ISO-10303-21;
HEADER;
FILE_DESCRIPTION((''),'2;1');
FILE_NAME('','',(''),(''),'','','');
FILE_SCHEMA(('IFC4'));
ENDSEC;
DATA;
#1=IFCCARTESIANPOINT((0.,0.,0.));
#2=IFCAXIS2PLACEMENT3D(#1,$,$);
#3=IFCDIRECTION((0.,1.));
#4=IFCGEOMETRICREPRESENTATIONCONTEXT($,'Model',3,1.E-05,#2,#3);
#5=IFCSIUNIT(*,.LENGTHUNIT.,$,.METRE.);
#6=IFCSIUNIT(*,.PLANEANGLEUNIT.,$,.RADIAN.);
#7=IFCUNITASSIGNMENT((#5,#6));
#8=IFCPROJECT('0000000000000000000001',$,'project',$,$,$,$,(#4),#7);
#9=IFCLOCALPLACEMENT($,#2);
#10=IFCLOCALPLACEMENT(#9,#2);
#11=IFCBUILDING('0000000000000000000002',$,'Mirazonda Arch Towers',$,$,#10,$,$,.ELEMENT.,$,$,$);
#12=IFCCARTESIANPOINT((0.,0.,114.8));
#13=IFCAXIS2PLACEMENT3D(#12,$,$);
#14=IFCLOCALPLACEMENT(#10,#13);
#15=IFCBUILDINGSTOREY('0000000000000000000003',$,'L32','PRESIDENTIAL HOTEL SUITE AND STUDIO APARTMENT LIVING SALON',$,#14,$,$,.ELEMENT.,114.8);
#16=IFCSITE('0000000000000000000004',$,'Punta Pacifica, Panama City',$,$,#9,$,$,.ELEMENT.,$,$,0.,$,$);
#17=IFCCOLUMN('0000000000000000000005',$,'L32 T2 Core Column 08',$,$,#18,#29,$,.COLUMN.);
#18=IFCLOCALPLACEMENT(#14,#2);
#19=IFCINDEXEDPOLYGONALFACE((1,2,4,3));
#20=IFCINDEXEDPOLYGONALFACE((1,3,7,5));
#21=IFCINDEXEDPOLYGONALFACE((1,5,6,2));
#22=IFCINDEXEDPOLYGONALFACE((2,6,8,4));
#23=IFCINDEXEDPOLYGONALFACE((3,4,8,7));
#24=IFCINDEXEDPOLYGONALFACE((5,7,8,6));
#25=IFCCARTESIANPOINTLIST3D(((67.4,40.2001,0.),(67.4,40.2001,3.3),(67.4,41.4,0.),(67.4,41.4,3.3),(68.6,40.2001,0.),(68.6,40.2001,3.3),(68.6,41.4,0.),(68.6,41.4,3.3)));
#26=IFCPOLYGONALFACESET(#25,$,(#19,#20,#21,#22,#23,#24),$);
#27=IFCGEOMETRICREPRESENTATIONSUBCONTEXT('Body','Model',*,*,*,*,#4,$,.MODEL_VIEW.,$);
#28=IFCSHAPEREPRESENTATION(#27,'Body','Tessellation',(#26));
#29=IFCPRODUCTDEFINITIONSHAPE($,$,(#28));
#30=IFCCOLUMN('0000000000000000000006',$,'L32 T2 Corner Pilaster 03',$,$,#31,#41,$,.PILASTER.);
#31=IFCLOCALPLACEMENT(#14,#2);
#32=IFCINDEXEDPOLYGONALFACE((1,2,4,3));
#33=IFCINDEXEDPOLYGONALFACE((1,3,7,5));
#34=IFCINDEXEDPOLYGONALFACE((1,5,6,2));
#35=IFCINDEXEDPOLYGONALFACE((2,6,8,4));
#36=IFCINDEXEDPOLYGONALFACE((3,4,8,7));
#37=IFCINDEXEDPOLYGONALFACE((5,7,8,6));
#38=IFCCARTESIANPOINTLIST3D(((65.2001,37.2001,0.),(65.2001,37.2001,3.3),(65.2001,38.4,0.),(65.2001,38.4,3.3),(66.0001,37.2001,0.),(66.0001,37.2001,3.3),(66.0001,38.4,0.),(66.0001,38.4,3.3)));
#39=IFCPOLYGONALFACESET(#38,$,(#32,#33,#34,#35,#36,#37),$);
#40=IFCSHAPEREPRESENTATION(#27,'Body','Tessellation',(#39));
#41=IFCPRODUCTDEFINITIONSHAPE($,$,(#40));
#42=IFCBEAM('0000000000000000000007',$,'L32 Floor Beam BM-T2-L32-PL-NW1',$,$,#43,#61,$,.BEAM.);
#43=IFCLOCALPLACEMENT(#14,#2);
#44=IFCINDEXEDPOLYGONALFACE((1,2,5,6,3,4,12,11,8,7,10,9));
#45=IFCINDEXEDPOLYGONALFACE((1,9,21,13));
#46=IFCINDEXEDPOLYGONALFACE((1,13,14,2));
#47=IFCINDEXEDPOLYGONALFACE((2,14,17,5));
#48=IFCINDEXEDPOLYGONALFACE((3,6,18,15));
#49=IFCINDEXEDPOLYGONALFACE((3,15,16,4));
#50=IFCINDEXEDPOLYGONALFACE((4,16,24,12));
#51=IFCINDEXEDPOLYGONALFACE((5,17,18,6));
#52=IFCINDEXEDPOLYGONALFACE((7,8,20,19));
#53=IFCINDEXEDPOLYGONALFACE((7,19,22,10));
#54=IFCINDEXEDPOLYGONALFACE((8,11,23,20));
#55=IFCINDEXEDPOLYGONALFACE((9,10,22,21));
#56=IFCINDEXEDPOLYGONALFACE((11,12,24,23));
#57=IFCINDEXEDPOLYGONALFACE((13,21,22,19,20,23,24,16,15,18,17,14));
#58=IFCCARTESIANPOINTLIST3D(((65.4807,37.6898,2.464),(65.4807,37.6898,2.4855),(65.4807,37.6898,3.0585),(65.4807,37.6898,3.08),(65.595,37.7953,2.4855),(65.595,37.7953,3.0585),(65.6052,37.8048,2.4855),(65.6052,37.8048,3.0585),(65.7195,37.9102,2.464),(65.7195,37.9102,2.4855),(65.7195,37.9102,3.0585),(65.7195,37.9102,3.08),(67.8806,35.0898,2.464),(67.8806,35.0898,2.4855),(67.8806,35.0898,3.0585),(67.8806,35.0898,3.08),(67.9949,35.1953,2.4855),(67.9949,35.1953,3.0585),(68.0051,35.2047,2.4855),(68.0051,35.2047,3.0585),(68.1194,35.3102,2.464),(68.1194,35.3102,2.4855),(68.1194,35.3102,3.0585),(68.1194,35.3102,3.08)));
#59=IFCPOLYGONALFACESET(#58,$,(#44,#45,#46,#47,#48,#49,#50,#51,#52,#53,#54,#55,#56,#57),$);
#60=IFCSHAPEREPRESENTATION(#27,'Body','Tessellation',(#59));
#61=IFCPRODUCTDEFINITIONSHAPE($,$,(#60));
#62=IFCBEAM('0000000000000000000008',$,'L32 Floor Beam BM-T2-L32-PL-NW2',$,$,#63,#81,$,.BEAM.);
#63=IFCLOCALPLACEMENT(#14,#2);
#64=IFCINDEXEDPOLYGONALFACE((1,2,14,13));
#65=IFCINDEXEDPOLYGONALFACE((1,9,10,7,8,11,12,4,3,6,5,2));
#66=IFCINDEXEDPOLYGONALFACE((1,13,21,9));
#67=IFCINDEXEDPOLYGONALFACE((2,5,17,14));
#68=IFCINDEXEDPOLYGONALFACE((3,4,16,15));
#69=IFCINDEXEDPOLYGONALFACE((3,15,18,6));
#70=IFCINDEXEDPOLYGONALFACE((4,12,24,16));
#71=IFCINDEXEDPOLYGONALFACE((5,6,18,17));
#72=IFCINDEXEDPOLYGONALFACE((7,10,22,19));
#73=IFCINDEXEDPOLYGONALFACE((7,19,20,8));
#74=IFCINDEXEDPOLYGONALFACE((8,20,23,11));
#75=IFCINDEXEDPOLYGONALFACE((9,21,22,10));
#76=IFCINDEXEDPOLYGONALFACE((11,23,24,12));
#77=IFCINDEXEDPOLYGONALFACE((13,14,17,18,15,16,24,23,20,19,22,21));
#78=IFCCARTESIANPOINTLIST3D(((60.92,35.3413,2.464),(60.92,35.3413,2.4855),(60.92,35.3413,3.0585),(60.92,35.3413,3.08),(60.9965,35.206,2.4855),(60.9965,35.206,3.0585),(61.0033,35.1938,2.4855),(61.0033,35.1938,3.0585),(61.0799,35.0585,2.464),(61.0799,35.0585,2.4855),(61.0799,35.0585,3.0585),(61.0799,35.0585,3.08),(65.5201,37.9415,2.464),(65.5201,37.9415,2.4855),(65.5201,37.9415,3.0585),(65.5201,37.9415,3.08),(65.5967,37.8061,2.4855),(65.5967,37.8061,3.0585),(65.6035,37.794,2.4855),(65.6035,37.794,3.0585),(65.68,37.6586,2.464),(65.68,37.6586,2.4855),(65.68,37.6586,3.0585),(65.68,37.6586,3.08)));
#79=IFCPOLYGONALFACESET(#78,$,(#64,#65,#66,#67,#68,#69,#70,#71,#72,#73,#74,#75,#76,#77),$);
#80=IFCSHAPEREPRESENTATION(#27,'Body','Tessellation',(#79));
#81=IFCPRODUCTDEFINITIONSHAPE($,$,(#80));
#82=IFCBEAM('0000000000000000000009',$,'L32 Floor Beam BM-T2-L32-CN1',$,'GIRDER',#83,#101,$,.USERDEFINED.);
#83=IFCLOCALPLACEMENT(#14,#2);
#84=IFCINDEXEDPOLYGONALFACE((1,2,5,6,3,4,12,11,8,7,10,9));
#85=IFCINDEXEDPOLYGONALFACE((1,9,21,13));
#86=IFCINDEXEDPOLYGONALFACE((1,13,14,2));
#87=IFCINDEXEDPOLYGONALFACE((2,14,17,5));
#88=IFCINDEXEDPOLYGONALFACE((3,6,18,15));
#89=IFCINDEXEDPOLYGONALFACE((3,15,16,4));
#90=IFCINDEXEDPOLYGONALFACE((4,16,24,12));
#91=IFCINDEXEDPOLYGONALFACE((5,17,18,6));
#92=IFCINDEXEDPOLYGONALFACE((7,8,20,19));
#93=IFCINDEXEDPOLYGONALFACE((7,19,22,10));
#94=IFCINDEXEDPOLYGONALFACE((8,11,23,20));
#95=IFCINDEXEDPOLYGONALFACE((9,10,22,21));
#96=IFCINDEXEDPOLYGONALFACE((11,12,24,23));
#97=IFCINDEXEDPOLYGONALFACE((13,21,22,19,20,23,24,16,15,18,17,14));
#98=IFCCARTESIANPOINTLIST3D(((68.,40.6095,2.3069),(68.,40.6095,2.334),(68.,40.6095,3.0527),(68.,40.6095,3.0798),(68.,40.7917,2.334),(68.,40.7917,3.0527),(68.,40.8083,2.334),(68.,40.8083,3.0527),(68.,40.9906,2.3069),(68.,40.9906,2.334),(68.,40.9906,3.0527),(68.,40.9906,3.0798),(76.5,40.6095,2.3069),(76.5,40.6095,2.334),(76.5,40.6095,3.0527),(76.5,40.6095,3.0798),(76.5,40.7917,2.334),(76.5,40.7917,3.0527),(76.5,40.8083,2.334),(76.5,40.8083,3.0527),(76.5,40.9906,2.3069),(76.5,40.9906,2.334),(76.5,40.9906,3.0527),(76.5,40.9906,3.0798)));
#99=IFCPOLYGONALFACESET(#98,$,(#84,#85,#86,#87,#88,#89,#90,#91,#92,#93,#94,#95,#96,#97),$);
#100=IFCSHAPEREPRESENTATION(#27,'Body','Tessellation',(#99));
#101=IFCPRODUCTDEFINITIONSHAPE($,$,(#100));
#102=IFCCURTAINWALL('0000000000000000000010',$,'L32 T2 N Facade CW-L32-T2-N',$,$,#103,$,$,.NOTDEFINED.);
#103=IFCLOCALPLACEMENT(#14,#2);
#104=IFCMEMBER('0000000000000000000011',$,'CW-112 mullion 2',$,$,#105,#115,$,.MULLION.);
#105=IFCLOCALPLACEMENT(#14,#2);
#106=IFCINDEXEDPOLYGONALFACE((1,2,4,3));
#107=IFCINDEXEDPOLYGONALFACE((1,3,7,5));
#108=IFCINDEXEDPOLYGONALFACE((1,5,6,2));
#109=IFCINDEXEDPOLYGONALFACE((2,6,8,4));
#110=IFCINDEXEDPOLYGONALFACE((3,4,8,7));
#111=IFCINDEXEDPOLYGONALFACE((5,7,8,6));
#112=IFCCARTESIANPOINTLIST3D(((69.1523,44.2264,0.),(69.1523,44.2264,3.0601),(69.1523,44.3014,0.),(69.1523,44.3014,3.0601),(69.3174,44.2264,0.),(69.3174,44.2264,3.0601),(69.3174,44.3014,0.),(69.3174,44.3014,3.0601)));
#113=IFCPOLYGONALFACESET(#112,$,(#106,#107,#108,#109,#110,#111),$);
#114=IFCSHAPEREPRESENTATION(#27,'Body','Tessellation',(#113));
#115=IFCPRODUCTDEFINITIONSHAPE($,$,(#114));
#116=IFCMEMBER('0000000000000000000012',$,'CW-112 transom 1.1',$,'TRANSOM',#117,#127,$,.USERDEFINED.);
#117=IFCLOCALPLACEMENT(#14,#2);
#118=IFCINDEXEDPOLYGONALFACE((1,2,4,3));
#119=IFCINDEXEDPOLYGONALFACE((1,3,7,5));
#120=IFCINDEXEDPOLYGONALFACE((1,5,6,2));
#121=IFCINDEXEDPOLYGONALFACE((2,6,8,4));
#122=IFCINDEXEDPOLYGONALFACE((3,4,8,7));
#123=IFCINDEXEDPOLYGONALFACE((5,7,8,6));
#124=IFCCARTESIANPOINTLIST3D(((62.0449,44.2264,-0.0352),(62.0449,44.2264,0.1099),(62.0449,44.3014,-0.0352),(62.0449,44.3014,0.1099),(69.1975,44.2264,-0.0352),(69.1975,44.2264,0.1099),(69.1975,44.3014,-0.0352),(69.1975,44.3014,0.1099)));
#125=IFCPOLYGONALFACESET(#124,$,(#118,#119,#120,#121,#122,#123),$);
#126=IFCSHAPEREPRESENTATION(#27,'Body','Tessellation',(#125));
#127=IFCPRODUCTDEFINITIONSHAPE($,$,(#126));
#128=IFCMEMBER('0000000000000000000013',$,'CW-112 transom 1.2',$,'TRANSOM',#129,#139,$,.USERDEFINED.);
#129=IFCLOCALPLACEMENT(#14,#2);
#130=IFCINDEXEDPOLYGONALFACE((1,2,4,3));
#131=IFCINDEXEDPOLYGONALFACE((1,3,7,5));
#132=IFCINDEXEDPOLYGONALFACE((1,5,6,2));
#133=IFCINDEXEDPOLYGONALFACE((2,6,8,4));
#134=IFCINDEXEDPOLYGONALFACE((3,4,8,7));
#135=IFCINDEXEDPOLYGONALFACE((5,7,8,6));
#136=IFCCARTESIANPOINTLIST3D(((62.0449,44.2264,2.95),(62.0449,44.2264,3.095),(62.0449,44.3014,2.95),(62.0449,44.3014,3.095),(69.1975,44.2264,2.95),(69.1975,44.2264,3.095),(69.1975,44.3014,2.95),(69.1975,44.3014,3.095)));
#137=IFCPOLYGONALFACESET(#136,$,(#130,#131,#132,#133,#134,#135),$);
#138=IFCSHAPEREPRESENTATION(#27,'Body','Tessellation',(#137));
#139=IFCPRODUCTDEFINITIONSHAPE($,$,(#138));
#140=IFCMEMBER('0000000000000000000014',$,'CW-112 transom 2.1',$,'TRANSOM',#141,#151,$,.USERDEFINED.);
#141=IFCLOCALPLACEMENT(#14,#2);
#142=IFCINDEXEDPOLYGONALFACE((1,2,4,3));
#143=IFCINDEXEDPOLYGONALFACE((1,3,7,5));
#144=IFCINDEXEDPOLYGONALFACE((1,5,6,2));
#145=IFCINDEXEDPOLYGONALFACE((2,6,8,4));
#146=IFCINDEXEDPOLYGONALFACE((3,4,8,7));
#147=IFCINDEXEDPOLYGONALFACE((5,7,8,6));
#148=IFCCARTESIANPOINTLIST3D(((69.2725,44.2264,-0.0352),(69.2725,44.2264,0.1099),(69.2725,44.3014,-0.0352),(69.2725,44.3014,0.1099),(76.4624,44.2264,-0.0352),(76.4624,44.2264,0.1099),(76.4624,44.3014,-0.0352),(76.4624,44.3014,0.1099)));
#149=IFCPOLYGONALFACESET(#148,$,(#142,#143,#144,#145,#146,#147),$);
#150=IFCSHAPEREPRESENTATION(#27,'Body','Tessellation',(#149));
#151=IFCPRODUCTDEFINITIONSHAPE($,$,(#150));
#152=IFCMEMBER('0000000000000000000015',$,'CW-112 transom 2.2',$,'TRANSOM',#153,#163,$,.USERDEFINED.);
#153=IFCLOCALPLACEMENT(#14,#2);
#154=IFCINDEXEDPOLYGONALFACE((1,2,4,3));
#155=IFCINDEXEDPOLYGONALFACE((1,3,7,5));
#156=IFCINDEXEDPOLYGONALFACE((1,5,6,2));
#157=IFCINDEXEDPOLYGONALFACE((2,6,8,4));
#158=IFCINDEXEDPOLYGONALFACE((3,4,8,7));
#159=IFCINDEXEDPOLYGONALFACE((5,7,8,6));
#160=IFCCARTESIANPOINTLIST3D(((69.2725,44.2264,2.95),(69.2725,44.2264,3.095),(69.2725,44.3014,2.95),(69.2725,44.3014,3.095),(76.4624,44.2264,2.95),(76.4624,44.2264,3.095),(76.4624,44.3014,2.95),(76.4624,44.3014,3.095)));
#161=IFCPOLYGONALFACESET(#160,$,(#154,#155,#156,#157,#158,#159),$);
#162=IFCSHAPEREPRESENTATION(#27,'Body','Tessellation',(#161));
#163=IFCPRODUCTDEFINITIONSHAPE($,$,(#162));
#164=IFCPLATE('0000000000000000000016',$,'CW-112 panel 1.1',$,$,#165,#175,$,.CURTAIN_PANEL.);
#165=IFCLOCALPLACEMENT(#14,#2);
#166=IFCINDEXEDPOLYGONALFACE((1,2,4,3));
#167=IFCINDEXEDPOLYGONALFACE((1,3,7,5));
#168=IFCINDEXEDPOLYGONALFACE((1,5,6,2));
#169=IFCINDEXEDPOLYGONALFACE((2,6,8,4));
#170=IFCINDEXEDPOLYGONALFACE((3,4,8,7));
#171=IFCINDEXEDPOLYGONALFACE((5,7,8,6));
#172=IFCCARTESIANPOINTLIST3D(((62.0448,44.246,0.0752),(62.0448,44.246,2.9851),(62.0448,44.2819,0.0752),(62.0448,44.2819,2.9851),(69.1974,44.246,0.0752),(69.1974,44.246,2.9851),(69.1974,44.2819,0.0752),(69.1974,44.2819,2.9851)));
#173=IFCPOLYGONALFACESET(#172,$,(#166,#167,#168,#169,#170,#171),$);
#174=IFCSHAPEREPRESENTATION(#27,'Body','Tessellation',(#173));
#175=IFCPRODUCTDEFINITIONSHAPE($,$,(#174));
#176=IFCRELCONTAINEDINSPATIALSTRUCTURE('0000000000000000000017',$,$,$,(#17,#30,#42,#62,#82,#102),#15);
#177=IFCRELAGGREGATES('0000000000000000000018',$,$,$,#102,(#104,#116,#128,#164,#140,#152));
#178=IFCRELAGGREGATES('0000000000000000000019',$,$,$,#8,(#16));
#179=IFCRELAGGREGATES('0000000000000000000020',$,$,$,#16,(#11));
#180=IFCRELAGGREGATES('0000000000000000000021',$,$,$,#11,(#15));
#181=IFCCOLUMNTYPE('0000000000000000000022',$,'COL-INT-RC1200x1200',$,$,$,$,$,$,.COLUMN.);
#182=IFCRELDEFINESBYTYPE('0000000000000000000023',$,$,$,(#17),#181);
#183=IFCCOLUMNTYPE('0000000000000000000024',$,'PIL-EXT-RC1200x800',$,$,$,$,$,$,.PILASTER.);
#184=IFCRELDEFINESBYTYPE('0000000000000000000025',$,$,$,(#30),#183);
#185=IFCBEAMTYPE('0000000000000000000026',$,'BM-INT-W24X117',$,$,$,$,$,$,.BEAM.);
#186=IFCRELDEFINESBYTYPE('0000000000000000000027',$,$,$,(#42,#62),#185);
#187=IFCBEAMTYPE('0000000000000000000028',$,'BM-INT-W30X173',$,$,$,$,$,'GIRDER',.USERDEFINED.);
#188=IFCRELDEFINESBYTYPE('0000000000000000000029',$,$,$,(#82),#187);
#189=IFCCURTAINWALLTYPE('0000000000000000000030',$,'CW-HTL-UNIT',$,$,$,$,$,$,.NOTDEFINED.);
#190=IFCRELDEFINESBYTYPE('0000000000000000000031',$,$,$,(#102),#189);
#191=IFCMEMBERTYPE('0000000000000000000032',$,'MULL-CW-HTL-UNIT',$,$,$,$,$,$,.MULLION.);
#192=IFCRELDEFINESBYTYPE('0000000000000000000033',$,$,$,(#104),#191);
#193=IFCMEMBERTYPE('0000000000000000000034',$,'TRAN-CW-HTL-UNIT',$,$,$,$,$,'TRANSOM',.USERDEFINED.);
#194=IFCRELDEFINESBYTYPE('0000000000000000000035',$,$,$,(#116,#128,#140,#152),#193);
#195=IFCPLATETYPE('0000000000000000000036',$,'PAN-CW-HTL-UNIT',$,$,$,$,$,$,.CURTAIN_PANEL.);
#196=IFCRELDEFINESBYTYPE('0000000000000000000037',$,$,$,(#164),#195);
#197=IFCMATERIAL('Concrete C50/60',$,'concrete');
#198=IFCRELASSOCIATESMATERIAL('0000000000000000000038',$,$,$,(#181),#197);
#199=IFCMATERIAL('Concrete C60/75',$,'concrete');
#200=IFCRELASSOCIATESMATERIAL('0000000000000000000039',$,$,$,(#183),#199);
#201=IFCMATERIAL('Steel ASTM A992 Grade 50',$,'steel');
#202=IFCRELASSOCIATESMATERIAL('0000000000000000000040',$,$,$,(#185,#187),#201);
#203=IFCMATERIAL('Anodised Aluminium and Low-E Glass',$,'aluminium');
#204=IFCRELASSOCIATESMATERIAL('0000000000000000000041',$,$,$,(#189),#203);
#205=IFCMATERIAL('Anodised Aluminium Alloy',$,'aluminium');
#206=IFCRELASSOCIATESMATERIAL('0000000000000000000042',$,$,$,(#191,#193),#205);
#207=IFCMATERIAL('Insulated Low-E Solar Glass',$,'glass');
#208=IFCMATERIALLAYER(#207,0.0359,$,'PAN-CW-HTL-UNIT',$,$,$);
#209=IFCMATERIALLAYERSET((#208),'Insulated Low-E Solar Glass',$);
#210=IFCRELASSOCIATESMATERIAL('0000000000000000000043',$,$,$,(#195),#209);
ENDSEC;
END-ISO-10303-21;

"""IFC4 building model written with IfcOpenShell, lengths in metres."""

from ifc_helpers import new_model, si_unit, direction, frame, origin, origin_2d, place, context, subcontext, project, spatial, rectangle, i_section, extrude, material, layer, layer_set, material_profile, profile_set, type_object, element, aggregate, save


model = new_model("IFC4")

# Units and contexts
model_context = context("Model", 3, precision=1e-05, world=origin(), true_north=direction((0.0, 1.0)))
body_context = subcontext(model_context, "Body", "Model", "MODEL_VIEW")
ifc_project = project(units=[si_unit("LENGTHUNIT", "METRE"), si_unit("PLANEANGLEUNIT", "RADIAN")], contexts=[model_context])

# Site, building, storey
site_placement = place(None, origin())
site = spatial("IfcSite", under=ifc_project, at=site_placement, Name="Punta Pacifica, Panama City", CompositionType="ELEMENT", RefElevation=0.0)
building_placement = place(site_placement, origin())
building = spatial("IfcBuilding", under=site, at=building_placement, Name="Mirazonda Arch Towers", CompositionType="ELEMENT")
storey_placement = place(building_placement, frame((0.0, 0.0, 114.8)))
storey = spatial("IfcBuildingStorey", under=building, at=storey_placement, Name="L32", Description="PRESIDENTIAL HOTEL SUITE AND STUDIO APARTMENT LIVING SALON", CompositionType="ELEMENT", Elevation=114.8)

# Columns
ifc_material_1 = material(Name="Concrete C50/60", Category="concrete")
ifc_material_profile_1 = material_profile(ifc_material_1, rectangle(XDim=1.2, YDim=1.2, at=origin_2d()), Name="RC1200x1200")
ifc_profile_set_1 = profile_set([ifc_material_profile_1], Name="Concrete C50/60")
column_type_1 = type_object("IfcColumnType", Name="COL-INT-RC1200x1200", PredefinedType="COLUMN", material=ifc_profile_set_1)
column_1_placement = place(storey_placement, frame((68.0, 40.8, 0.0), z_axis=(0.0, 0.0, 1.0), x_axis=(1.0, 0.0, 0.0)))
element("IfcColumn", 1, at=column_1_placement, inside=storey, type_object=column_type_1, Name="L32 T2 Core Column 08", PredefinedType="COLUMN", context=body_context, shape_type="SweptSolid", body=[
    extrude(rectangle(XDim=1.2, YDim=1.2, at=origin_2d()), origin(), (0.0, 0.0, 1.0), 3.3),
])
ifc_material_2 = material(Name="Concrete C60/75", Category="concrete")
ifc_material_profile_2 = material_profile(ifc_material_2, rectangle(XDim=0.8, YDim=1.2, at=origin_2d()), Name="RC1200x800")
ifc_profile_set_2 = profile_set([ifc_material_profile_2], Name="Concrete C60/75")
column_type_2 = type_object("IfcColumnType", Name="PIL-EXT-RC1200x800", PredefinedType="PILASTER", material=ifc_profile_set_2)
column_2_placement = place(storey_placement, frame((65.6001, 37.8, 0.0), z_axis=(0.0, 0.0, 1.0), x_axis=(1.0, 0.0, 0.0)))
element("IfcColumn", 2, at=column_2_placement, inside=storey, type_object=column_type_2, Name="L32 T2 Corner Pilaster 03", PredefinedType="PILASTER", context=body_context, shape_type="SweptSolid", body=[
    extrude(rectangle(XDim=0.8, YDim=1.2, at=origin_2d()), origin(), (0.0, 0.0, 1.0), 3.3),
])

# Beams
ifc_material_3 = material(Name="Steel ASTM A992 Grade 50", Category="steel")
ifc_material_profile_3 = material_profile(ifc_material_3, i_section(OverallWidth=0.325, OverallDepth=0.616, WebThickness=0.0139, FlangeThickness=0.0215, at=origin_2d()), Name="W24X117")
ifc_profile_set_3 = profile_set([ifc_material_profile_3], Name="Steel ASTM A992 Grade 50")
beam_type_1 = type_object("IfcBeamType", Name="BM-INT-W24X117", PredefinedType="BEAM", material=ifc_profile_set_3)
beam_1_placement = place(storey_placement, frame((65.6001, 37.8, 2.772), z_axis=(0.678251, -0.73483, 0.0), x_axis=(0.73483, 0.678251, 0.0)))
element("IfcBeam", 3, at=beam_1_placement, inside=storey, type_object=beam_type_1, Name="L32 Floor Beam BM-T2-L32-PL-NW1", PredefinedType="BEAM", context=body_context, shape_type="SweptSolid", body=[
    extrude(i_section(OverallWidth=0.325, OverallDepth=0.616, WebThickness=0.0139, FlangeThickness=0.0215, at=origin_2d()), origin(), (0.0, 0.0, 1.0), 3.5383),
])
beam_2_placement = place(storey_placement, frame((65.6001, 37.8, 2.772), z_axis=(-0.870559, -0.492063, 0.0), x_axis=(0.492063, -0.870559, 0.0)))
element("IfcBeam", 4, at=beam_2_placement, inside=storey, type_object=beam_type_1, Name="L32 Floor Beam BM-T2-L32-PL-NW2", PredefinedType="BEAM", context=body_context, shape_type="SweptSolid", body=[
    extrude(i_section(OverallWidth=0.325, OverallDepth=0.616, WebThickness=0.0139, FlangeThickness=0.0215, at=origin_2d()), origin(), (0.0, 0.0, 1.0), 5.2842),
])
ifc_material_profile_4 = material_profile(ifc_material_3, i_section(OverallWidth=0.3811, OverallDepth=0.7729, WebThickness=0.0166, FlangeThickness=0.0271, at=origin_2d()), Name="W30X173")
ifc_profile_set_4 = profile_set([ifc_material_profile_4], Name="Steel ASTM A992 Grade 50")
beam_type_2 = type_object("IfcBeamType", Name="BM-INT-W30X173", ElementType="GIRDER", PredefinedType="USERDEFINED", material=ifc_profile_set_4)
beam_3_placement = place(storey_placement, frame((68.0, 40.8, 2.6934), z_axis=(1.0, 0.0, 0.0), x_axis=(0.0, 1.0, 0.0)))
element("IfcBeam", 5, at=beam_3_placement, inside=storey, type_object=beam_type_2, Name="L32 Floor Beam BM-T2-L32-CN1", ObjectType="GIRDER", PredefinedType="USERDEFINED", context=body_context, shape_type="SweptSolid", body=[
    extrude(i_section(OverallWidth=0.3811, OverallDepth=0.7729, WebThickness=0.0166, FlangeThickness=0.0271, at=origin_2d()), origin(), (0.0, 0.0, 1.0), 8.5),
])

# Curtain wall, members, plate
ifc_material_4 = material(Name="Anodised Aluminium and Low-E Glass", Category="aluminium")
curtain_wall_type = type_object("IfcCurtainWallType", Name="CW-HTL-UNIT", PredefinedType="NOTDEFINED", material=ifc_material_4)
curtain_wall_placement = place(storey_placement, origin())
curtain_wall = element("IfcCurtainWall", 6, at=curtain_wall_placement, inside=storey, type_object=curtain_wall_type, Name="L32 T2 N Facade CW-L32-T2-N", PredefinedType="NOTDEFINED")
ifc_material_5 = material(Name="Anodised Aluminium Alloy", Category="aluminium")
ifc_material_profile_5 = material_profile(ifc_material_5, rectangle(XDim=0.075, YDim=0.165, at=origin_2d()), Name="ALU-MULL-75x165")
ifc_profile_set_5 = profile_set([ifc_material_profile_5], Name="Anodised Aluminium Alloy")
member_type_1 = type_object("IfcMemberType", Name="MULL-CW-HTL-UNIT", PredefinedType="MULLION", material=ifc_profile_set_5)
member_1_placement = place(storey_placement, frame((69.2349, 44.2639, 0.0), z_axis=(0.0, 0.0, 1.0), x_axis=(0.0, 1.0, 0.0)))
member_1 = element("IfcMember", 7, at=member_1_placement, type_object=member_type_1, Name="CW-112 mullion 2", PredefinedType="MULLION", context=body_context, shape_type="SweptSolid", body=[
    extrude(rectangle(XDim=0.075, YDim=0.165, at=origin_2d()), origin(), (0.0, 0.0, 1.0), 3.0601),
])
ifc_material_profile_6 = material_profile(ifc_material_5, rectangle(XDim=0.075, YDim=0.145, at=origin_2d()), Name="ALU-TRAN-75x145")
ifc_profile_set_6 = profile_set([ifc_material_profile_6], Name="Anodised Aluminium Alloy")
member_type_2 = type_object("IfcMemberType", Name="TRAN-CW-HTL-UNIT", ElementType="TRANSOM", PredefinedType="USERDEFINED", material=ifc_profile_set_6)
member_2_placement = place(storey_placement, frame((62.0449, 44.2639, 0.0374), z_axis=(1.0, 0.0, 0.0), x_axis=(0.0, 1.0, 0.0)))
member_2 = element("IfcMember", 8, at=member_2_placement, type_object=member_type_2, Name="CW-112 transom 1.1", ObjectType="TRANSOM", PredefinedType="USERDEFINED", context=body_context, shape_type="SweptSolid", body=[
    extrude(rectangle(XDim=0.075, YDim=0.145, at=origin_2d()), origin(), (0.0, 0.0, 1.0), 7.1526),
])
member_3_placement = place(storey_placement, frame((62.0449, 44.2639, 3.0225), z_axis=(1.0, 0.0, 0.0), x_axis=(0.0, 1.0, 0.0)))
member_3 = element("IfcMember", 9, at=member_3_placement, type_object=member_type_2, Name="CW-112 transom 1.2", ObjectType="TRANSOM", PredefinedType="USERDEFINED", context=body_context, shape_type="SweptSolid", body=[
    extrude(rectangle(XDim=0.075, YDim=0.145, at=origin_2d()), origin(), (0.0, 0.0, 1.0), 7.1526),
])
member_4_placement = place(storey_placement, frame((69.2725, 44.2639, 0.0374), z_axis=(1.0, 0.0, 0.0), x_axis=(0.0, 1.0, 0.0)))
member_4 = element("IfcMember", 10, at=member_4_placement, type_object=member_type_2, Name="CW-112 transom 2.1", ObjectType="TRANSOM", PredefinedType="USERDEFINED", context=body_context, shape_type="SweptSolid", body=[
    extrude(rectangle(XDim=0.075, YDim=0.145, at=origin_2d()), origin(), (0.0, 0.0, 1.0), 7.1899),
])
member_5_placement = place(storey_placement, frame((69.2725, 44.2639, 3.0225), z_axis=(1.0, 0.0, 0.0), x_axis=(0.0, 1.0, 0.0)))
member_5 = element("IfcMember", 11, at=member_5_placement, type_object=member_type_2, Name="CW-112 transom 2.2", ObjectType="TRANSOM", PredefinedType="USERDEFINED", context=body_context, shape_type="SweptSolid", body=[
    extrude(rectangle(XDim=0.075, YDim=0.145, at=origin_2d()), origin(), (0.0, 0.0, 1.0), 7.1899),
])
ifc_material_6 = material(Name="Insulated Low-E Solar Glass", Category="glass")
ifc_layer_1 = layer(ifc_material_6, 0.0359, Name="PAN-CW-HTL-UNIT")
ifc_layer_set_1 = layer_set([ifc_layer_1], Name="Insulated Low-E Solar Glass")
plate_type = type_object("IfcPlateType", Name="PAN-CW-HTL-UNIT", PredefinedType="CURTAIN_PANEL", material=ifc_layer_set_1)
plate_placement = place(storey_placement, frame((65.6211, 44.2639, 0.0752), z_axis=(0.0, 0.0, 1.0), x_axis=(1.0, 0.0, 0.0)))
plate = element("IfcPlate", 12, at=plate_placement, type_object=plate_type, Name="CW-112 panel 1.1", PredefinedType="CURTAIN_PANEL", context=body_context, shape_type="SweptSolid", body=[
    extrude(rectangle(XDim=7.1526, YDim=0.0359, at=origin_2d()), origin(), (0.0, 0.0, 1.0), 2.9099),
])
aggregate(curtain_wall, [member_1, member_2, member_3, plate, member_4, member_5])

save(model, "model.ifc")
